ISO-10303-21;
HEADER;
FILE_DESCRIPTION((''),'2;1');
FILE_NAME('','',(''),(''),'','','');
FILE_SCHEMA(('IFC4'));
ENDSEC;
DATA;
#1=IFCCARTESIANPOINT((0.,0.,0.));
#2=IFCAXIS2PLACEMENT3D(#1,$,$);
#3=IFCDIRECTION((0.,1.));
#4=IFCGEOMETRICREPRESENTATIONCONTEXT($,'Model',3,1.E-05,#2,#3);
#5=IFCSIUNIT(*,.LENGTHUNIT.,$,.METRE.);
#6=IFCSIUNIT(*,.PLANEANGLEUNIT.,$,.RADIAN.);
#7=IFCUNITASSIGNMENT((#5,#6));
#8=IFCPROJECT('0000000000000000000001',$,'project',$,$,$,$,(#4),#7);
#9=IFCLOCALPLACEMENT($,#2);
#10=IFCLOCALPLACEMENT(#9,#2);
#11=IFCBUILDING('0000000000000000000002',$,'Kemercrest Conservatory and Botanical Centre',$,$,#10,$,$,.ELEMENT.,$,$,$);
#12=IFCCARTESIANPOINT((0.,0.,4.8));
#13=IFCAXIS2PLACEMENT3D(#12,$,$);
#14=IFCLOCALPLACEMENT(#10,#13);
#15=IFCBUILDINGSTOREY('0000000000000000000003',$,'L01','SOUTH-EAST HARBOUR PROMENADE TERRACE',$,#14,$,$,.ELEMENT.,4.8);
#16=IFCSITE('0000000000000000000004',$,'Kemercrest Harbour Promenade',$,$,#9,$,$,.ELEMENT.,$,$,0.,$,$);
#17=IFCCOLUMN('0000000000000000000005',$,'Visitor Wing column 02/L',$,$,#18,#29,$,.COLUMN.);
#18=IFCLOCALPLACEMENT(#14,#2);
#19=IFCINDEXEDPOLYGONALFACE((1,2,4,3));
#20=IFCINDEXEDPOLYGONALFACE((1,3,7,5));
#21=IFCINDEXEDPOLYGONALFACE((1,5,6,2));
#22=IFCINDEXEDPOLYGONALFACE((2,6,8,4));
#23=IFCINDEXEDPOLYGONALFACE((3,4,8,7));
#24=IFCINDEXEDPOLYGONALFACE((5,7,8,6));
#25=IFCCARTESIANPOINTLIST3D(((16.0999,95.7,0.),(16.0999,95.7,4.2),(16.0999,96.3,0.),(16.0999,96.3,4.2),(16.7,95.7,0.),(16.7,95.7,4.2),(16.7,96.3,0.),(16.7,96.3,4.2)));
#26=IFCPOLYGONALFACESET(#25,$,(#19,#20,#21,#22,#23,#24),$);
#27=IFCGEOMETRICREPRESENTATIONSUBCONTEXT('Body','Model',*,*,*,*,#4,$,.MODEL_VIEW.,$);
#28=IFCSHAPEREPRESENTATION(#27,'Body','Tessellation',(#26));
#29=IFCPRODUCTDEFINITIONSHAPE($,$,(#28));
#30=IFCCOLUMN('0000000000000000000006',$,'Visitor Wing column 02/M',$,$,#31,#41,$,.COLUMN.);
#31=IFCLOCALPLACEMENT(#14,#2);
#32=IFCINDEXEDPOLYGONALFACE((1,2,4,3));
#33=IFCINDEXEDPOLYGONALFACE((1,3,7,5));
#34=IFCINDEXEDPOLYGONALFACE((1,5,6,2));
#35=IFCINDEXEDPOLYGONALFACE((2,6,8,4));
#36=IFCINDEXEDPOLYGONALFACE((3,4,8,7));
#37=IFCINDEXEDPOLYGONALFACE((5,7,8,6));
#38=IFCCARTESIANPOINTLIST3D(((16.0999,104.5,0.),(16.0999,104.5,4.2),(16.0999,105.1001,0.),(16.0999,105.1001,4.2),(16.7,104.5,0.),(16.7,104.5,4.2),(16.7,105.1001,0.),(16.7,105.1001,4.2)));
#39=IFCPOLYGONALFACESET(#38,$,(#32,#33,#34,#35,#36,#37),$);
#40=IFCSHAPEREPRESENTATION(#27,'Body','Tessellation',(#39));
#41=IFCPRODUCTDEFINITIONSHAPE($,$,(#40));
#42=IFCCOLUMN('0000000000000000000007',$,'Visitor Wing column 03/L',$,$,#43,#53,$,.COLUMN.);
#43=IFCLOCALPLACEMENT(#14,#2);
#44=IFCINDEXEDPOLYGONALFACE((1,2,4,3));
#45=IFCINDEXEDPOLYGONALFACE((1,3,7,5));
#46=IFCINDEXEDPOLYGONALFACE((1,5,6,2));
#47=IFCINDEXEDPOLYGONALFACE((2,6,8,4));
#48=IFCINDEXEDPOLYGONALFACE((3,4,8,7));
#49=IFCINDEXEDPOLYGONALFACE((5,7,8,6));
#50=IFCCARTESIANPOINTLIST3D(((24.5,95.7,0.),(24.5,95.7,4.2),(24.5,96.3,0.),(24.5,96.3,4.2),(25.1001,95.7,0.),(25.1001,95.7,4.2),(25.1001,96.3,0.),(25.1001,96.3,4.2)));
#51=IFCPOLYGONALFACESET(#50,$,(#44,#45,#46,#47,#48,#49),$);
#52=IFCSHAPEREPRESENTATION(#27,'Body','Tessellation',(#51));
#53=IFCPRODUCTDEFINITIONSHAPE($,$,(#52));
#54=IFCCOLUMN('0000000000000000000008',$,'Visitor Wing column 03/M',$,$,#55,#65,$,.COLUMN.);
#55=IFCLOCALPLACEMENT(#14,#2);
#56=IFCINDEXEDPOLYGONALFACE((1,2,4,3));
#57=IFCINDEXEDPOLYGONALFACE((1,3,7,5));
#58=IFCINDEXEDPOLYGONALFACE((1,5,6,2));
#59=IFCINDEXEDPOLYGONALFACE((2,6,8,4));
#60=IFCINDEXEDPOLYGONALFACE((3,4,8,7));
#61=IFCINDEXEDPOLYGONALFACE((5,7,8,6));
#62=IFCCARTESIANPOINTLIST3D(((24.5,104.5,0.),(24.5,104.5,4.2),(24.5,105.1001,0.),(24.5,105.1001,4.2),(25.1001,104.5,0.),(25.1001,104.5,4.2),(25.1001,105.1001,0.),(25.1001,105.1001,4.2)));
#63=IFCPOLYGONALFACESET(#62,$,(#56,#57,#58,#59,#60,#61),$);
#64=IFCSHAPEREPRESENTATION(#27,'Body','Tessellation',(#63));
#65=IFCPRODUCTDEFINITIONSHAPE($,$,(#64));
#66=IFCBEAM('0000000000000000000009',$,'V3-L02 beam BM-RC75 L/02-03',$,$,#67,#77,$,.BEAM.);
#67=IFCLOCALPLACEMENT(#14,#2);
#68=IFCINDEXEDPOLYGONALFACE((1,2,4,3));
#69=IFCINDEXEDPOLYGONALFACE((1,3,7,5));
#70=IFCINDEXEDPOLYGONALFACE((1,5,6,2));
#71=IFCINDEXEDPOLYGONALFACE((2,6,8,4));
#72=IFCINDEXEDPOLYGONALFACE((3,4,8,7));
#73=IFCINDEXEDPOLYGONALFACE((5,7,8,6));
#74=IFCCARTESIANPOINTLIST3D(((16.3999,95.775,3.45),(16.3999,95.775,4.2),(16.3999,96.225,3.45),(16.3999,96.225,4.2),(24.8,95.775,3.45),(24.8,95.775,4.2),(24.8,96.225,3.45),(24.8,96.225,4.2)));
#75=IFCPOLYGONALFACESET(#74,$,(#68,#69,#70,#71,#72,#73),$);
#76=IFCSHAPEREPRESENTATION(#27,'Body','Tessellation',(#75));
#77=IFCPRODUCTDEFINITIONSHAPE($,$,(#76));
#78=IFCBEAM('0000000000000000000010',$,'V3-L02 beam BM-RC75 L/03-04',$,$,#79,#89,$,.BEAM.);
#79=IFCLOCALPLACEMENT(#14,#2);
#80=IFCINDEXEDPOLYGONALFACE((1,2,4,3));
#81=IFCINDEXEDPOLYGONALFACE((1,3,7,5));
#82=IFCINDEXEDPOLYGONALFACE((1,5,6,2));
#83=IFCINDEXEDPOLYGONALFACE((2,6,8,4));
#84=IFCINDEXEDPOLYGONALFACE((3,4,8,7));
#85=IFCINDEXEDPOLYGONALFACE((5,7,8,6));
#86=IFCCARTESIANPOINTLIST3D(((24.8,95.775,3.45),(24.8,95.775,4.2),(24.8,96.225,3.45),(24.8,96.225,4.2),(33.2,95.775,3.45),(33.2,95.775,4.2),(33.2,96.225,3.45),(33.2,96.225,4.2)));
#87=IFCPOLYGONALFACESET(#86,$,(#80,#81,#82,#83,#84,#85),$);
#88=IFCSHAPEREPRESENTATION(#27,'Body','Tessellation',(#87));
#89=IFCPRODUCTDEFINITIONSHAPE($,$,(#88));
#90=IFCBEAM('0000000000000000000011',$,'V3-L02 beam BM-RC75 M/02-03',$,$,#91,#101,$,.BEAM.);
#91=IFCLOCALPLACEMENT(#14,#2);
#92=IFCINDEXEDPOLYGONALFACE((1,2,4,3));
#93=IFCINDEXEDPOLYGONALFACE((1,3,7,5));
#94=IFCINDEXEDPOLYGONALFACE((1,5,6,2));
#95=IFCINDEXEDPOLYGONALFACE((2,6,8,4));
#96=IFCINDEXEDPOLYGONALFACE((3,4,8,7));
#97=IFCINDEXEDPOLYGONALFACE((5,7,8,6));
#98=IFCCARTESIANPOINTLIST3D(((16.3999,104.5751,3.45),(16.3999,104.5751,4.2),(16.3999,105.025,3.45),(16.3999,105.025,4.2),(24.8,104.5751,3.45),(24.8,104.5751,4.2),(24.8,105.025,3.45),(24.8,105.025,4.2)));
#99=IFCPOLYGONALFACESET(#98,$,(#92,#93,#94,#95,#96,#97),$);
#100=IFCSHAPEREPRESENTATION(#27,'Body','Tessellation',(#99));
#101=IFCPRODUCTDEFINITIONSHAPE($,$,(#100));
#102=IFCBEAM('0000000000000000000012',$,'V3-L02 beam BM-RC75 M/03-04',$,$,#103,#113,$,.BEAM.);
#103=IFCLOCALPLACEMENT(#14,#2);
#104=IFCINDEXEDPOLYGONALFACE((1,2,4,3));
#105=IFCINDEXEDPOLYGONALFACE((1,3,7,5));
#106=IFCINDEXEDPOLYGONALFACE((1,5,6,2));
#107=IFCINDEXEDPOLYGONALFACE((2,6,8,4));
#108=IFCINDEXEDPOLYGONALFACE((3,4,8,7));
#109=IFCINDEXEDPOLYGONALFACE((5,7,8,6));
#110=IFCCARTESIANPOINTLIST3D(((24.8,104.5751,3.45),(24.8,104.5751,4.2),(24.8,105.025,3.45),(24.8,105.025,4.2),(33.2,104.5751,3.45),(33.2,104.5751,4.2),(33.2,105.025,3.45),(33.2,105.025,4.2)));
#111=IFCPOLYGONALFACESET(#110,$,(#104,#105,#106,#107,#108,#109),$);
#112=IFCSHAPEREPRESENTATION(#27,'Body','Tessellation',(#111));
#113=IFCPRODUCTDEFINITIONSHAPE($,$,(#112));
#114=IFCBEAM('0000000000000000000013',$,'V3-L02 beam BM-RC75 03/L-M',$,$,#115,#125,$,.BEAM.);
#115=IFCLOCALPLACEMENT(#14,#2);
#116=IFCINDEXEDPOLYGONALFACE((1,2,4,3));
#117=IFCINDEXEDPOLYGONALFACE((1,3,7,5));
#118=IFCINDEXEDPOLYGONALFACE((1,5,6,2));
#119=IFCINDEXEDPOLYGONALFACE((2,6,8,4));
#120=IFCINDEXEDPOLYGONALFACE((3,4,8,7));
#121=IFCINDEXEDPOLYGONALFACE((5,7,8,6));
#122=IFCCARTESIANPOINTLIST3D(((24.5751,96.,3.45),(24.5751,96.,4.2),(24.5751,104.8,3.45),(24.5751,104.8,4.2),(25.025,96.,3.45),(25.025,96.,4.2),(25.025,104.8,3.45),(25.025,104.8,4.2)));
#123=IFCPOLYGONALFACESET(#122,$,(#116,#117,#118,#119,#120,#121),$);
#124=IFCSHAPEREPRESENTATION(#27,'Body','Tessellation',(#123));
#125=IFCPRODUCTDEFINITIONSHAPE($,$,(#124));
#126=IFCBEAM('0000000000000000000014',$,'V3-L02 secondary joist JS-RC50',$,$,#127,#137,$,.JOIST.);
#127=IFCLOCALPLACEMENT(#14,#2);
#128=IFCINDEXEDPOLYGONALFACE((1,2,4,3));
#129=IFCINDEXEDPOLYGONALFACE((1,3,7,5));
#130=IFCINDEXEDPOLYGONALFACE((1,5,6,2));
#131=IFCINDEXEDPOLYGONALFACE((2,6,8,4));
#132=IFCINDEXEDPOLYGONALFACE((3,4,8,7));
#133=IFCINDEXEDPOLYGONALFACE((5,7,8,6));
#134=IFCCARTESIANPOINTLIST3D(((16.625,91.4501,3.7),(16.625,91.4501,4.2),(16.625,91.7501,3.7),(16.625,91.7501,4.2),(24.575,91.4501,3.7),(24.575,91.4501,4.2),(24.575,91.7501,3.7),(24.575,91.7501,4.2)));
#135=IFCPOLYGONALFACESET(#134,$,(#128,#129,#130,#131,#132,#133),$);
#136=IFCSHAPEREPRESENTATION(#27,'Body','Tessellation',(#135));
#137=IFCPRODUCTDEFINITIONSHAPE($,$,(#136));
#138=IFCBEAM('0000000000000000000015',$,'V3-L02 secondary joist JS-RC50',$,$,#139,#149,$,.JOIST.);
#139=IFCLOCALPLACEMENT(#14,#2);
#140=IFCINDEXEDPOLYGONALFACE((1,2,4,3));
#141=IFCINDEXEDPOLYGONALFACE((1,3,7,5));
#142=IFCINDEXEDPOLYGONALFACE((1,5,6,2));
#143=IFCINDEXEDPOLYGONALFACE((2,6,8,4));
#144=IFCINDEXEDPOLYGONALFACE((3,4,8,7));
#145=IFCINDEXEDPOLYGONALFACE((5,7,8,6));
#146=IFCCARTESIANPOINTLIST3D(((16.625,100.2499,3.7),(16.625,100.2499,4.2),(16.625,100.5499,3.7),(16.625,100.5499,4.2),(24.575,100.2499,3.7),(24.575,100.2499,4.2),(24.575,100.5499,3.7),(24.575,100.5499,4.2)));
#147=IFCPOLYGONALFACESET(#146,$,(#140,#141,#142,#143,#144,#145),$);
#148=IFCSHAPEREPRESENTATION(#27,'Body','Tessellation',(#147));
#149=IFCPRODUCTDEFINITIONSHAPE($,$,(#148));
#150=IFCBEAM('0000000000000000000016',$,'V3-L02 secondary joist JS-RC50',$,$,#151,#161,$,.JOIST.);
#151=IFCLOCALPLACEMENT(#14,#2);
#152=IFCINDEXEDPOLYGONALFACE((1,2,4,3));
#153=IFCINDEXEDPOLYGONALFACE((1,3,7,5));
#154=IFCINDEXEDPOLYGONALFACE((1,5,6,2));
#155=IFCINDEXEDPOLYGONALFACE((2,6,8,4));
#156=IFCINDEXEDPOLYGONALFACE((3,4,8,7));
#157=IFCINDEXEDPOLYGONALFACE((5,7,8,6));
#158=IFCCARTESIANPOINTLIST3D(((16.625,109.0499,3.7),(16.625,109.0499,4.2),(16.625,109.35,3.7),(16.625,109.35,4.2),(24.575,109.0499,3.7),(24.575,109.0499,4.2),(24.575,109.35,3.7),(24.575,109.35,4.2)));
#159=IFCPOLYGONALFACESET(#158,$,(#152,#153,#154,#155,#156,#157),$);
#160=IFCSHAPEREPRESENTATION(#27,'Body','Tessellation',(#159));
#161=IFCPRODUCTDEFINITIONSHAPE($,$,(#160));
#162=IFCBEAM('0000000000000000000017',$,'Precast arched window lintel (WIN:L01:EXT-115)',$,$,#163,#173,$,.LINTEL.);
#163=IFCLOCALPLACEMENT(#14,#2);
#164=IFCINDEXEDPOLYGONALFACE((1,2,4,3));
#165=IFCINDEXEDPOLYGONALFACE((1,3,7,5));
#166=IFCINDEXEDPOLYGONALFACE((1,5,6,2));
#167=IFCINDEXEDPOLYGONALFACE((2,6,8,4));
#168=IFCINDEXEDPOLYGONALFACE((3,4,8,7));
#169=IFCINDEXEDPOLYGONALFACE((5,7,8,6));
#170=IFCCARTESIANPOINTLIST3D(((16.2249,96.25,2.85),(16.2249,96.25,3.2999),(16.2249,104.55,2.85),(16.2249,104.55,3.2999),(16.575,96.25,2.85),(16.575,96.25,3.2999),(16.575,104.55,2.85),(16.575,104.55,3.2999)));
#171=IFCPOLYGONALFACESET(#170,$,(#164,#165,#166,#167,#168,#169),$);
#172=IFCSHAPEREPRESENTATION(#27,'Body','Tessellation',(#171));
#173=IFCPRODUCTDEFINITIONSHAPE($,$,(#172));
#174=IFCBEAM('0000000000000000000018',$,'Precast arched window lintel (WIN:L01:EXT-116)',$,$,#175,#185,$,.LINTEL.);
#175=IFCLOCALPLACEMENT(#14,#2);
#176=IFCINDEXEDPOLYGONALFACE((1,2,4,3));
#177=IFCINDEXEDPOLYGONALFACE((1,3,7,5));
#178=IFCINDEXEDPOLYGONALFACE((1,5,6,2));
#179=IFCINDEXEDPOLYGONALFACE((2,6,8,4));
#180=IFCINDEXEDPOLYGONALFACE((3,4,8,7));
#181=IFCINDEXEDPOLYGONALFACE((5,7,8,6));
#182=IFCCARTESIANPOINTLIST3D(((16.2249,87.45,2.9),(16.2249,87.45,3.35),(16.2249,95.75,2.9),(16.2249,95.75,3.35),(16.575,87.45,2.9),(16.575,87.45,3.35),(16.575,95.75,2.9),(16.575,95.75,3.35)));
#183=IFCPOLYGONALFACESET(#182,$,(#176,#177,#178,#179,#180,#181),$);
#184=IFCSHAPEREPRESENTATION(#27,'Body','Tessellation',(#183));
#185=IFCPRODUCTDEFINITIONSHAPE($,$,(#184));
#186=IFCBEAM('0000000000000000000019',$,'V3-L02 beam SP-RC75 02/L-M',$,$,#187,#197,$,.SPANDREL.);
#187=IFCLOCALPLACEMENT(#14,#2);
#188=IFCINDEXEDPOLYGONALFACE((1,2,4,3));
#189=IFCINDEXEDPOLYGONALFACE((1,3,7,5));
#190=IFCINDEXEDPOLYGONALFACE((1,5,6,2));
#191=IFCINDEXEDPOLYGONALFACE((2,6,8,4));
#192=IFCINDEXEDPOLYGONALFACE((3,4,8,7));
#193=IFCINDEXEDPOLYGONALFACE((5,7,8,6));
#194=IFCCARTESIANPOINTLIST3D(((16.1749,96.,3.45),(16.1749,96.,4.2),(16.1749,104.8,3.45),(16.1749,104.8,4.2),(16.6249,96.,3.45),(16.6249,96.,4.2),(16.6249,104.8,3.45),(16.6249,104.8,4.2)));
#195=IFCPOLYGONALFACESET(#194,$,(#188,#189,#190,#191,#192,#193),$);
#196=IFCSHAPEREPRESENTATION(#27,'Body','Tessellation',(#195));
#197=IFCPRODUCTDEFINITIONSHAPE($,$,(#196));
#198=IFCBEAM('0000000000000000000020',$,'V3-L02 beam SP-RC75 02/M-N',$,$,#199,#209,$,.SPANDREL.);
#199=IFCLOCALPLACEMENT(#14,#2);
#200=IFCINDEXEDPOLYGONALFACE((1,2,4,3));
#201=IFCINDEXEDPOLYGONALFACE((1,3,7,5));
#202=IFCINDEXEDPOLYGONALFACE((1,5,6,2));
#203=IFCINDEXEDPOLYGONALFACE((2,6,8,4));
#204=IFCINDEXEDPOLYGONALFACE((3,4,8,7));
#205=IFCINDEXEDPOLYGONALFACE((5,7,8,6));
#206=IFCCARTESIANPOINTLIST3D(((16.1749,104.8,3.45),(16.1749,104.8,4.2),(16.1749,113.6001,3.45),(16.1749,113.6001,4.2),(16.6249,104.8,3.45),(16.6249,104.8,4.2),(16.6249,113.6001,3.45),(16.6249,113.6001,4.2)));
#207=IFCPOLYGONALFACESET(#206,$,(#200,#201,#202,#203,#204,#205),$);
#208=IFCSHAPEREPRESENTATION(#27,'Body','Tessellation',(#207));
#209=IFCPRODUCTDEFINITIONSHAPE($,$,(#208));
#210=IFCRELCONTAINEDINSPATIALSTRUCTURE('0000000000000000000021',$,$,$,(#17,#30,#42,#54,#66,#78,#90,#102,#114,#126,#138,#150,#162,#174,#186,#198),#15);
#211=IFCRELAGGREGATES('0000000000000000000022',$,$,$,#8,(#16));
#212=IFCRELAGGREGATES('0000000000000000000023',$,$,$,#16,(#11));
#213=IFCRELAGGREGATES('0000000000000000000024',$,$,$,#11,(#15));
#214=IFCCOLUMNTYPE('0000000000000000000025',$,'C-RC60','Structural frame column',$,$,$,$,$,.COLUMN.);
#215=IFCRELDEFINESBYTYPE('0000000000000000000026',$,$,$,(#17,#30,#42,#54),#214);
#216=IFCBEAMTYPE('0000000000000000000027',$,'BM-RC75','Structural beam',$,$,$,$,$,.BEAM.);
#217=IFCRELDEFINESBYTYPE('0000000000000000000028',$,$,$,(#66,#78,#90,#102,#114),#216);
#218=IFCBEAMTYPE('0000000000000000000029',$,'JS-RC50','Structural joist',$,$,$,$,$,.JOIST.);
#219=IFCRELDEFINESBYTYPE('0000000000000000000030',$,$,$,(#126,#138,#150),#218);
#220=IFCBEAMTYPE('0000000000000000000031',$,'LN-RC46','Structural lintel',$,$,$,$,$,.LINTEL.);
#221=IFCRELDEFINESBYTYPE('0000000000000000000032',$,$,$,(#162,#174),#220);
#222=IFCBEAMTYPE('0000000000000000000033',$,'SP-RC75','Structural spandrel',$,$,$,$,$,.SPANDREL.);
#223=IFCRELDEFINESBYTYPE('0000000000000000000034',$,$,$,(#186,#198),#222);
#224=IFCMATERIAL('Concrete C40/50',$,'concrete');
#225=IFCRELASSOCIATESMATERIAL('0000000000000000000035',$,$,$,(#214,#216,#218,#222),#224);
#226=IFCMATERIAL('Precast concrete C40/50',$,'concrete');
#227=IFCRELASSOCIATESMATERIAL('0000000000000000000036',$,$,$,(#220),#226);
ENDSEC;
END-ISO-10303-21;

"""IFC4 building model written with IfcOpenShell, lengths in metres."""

from ifc_helpers import new_model, si_unit, direction, frame, origin, origin_2d, place, context, subcontext, project, spatial, rectangle, extrude, material, material_profile, profile_set, type_object, element, save


model = new_model("IFC4")

# Units and contexts
model_context = context("Model", 3, precision=1e-05, world=origin(), true_north=direction((0.0, 1.0)))
body_context = subcontext(model_context, "Body", "Model", "MODEL_VIEW")
ifc_project = project(units=[si_unit("LENGTHUNIT", "METRE"), si_unit("PLANEANGLEUNIT", "RADIAN")], contexts=[model_context])

# Site, building, storey
site_placement = place(None, origin())
site = spatial("IfcSite", under=ifc_project, at=site_placement, Name="Kemercrest Harbour Promenade", CompositionType="ELEMENT", RefElevation=0.0)
building_placement = place(site_placement, origin())
building = spatial("IfcBuilding", under=site, at=building_placement, Name="Kemercrest Conservatory and Botanical Centre", CompositionType="ELEMENT")
storey_placement = place(building_placement, frame((0.0, 0.0, 4.8)))
storey = spatial("IfcBuildingStorey", under=building, at=storey_placement, Name="L01", Description="SOUTH-EAST HARBOUR PROMENADE TERRACE", CompositionType="ELEMENT", Elevation=4.8)

# Columns
ifc_material_1 = material(Name="Concrete C40/50", Category="concrete")
ifc_material_profile_1 = material_profile(ifc_material_1, rectangle(XDim=0.6001, YDim=0.6001, at=origin_2d()), Name="RC 600x600")
ifc_profile_set_1 = profile_set([ifc_material_profile_1], Name="Concrete C40/50")
column_type = type_object("IfcColumnType", Name="C-RC60", Description="Structural frame column", PredefinedType="COLUMN", material=ifc_profile_set_1)
for number, where, z_axis, x_axis, name in (
    (1, (16.3999, 96.0, 0.0), (0.0, 0.0, 1.0), (1.0, 0.0, 0.0), "Visitor Wing column 02/L"),
    (2, (16.3999, 104.8, 0.0), (0.0, 0.0, 1.0), (1.0, 0.0, 0.0), "Visitor Wing column 02/M"),
    (3, (24.8, 96.0, 0.0), (0.0, 0.0, 1.0), (1.0, 0.0, 0.0), "Visitor Wing column 03/L"),
    (4, (24.8, 104.8, 0.0), (0.0, 0.0, 1.0), (1.0, 0.0, 0.0), "Visitor Wing column 03/M"),
):
    element("IfcColumn", number, at=place(storey_placement, frame(where, z_axis=z_axis, x_axis=x_axis)), inside=storey, type_object=column_type, Name=name, PredefinedType="COLUMN", context=body_context, shape_type="SweptSolid", body=[
        extrude(rectangle(XDim=0.6001, YDim=0.6001, at=origin_2d()), origin(), (0.0, 0.0, 1.0), 4.2),
    ])

# Beams
ifc_material_profile_2 = material_profile(ifc_material_1, rectangle(XDim=0.45, YDim=0.75, at=origin_2d()), Name="RC 450x750")
ifc_profile_set_2 = profile_set([ifc_material_profile_2], Name="Concrete C40/50")
beam_type_1 = type_object("IfcBeamType", Name="BM-RC75", Description="Structural beam", PredefinedType="BEAM", material=ifc_profile_set_2)
beam_1_placement = place(storey_placement, frame((16.3999, 96.0, 3.825), z_axis=(1.0, 0.0, 0.0), x_axis=(0.0, 1.0, 0.0)))
element("IfcBeam", 5, at=beam_1_placement, inside=storey, type_object=beam_type_1, Name="V3-L02 beam BM-RC75 L/02-03", PredefinedType="BEAM", context=body_context, shape_type="SweptSolid", body=[
    extrude(rectangle(XDim=0.45, YDim=0.75, at=origin_2d()), origin(), (0.0, 0.0, 1.0), 8.4001),
])
beam_2_placement = place(storey_placement, frame((24.8, 96.0, 3.825), z_axis=(1.0, 0.0, 0.0), x_axis=(0.0, 1.0, 0.0)))
element("IfcBeam", 6, at=beam_2_placement, inside=storey, type_object=beam_type_1, Name="V3-L02 beam BM-RC75 L/03-04", PredefinedType="BEAM", context=body_context, shape_type="SweptSolid", body=[
    extrude(rectangle(XDim=0.45, YDim=0.75, at=origin_2d()), origin(), (0.0, 0.0, 1.0), 8.3999),
])
beam_3_placement = place(storey_placement, frame((16.3999, 104.8, 3.825), z_axis=(1.0, 0.0, 0.0), x_axis=(0.0, 1.0, 0.0)))
element("IfcBeam", 7, at=beam_3_placement, inside=storey, type_object=beam_type_1, Name="V3-L02 beam BM-RC75 M/02-03", PredefinedType="BEAM", context=body_context, shape_type="SweptSolid", body=[
    extrude(rectangle(XDim=0.45, YDim=0.75, at=origin_2d()), origin(), (0.0, 0.0, 1.0), 8.4001),
])
beam_4_placement = place(storey_placement, frame((24.8, 104.8, 3.825), z_axis=(1.0, 0.0, 0.0), x_axis=(0.0, 1.0, 0.0)))
element("IfcBeam", 8, at=beam_4_placement, inside=storey, type_object=beam_type_1, Name="V3-L02 beam BM-RC75 M/03-04", PredefinedType="BEAM", context=body_context, shape_type="SweptSolid", body=[
    extrude(rectangle(XDim=0.45, YDim=0.75, at=origin_2d()), origin(), (0.0, 0.0, 1.0), 8.3999),
])
beam_5_placement = place(storey_placement, frame((24.8, 96.0, 3.825), z_axis=(0.0, 1.0, 0.0), x_axis=(-1.0, 0.0, 0.0)))
element("IfcBeam", 9, at=beam_5_placement, inside=storey, type_object=beam_type_1, Name="V3-L02 beam BM-RC75 03/L-M", PredefinedType="BEAM", context=body_context, shape_type="SweptSolid", body=[
    extrude(rectangle(XDim=0.45, YDim=0.75, at=origin_2d()), origin(), (0.0, 0.0, 1.0), 8.8),
])
ifc_material_profile_3 = material_profile(ifc_material_1, rectangle(XDim=0.3, YDim=0.5, at=origin_2d()), Name="RC 300x500")
ifc_profile_set_3 = profile_set([ifc_material_profile_3], Name="Concrete C40/50")
beam_type_2 = type_object("IfcBeamType", Name="JS-RC50", Description="Structural joist", PredefinedType="JOIST", material=ifc_profile_set_3)
for number, where, z_axis, x_axis, name in (
    (10, (16.625, 91.6001, 3.95), (1.0, 0.0, 0.0), (0.0, 1.0, 0.0), "V3-L02 secondary joist JS-RC50"),
    (11, (16.625, 100.3999, 3.95), (1.0, 0.0, 0.0), (0.0, 1.0, 0.0), "V3-L02 secondary joist JS-RC50"),
    (12, (16.625, 109.2, 3.95), (1.0, 0.0, 0.0), (0.0, 1.0, 0.0), "V3-L02 secondary joist JS-RC50"),
):
    element("IfcBeam", number, at=place(storey_placement, frame(where, z_axis=z_axis, x_axis=x_axis)), inside=storey, type_object=beam_type_2, Name=name, PredefinedType="JOIST", context=body_context, shape_type="SweptSolid", body=[
        extrude(rectangle(XDim=0.3, YDim=0.5, at=origin_2d()), origin(), (0.0, 0.0, 1.0), 7.95),
    ])
ifc_material_2 = material(Name="Precast concrete C40/50", Category="concrete")
ifc_material_profile_4 = material_profile(ifc_material_2, rectangle(XDim=0.3501, YDim=0.45, at=origin_2d()), Name="RC 350x450")
ifc_profile_set_4 = profile_set([ifc_material_profile_4], Name="Precast concrete C40/50")
beam_type_3 = type_object("IfcBeamType", Name="LN-RC46", Description="Structural lintel", PredefinedType="LINTEL", material=ifc_profile_set_4)
for number, where, z_axis, x_axis, name in (
    (13, (16.3999, 104.55, 3.075), (0.0, -1.0, 0.0), (1.0, 0.0, 0.0), "Precast arched window lintel (WIN:L01:EXT-115)"),
    (14, (16.3999, 95.75, 3.125), (0.0, -1.0, 0.0), (1.0, 0.0, 0.0), "Precast arched window lintel (WIN:L01:EXT-116)"),
):
    element("IfcBeam", number, at=place(storey_placement, frame(where, z_axis=z_axis, x_axis=x_axis)), inside=storey, type_object=beam_type_3, Name=name, PredefinedType="LINTEL", context=body_context, shape_type="SweptSolid", body=[
        extrude(rectangle(XDim=0.3501, YDim=0.45, at=origin_2d()), origin(), (0.0, 0.0, 1.0), 8.3),
    ])
ifc_material_profile_5 = material_profile(ifc_material_1, rectangle(XDim=0.45, YDim=0.75, at=origin_2d()), Name="RC 450x750")
ifc_profile_set_5 = profile_set([ifc_material_profile_5], Name="Concrete C40/50")
beam_type_4 = type_object("IfcBeamType", Name="SP-RC75", Description="Structural spandrel", PredefinedType="SPANDREL", material=ifc_profile_set_5)
for number, where, z_axis, x_axis, name in (
    (15, (16.3999, 96.0, 3.825), (0.0, 1.0, 0.0), (-1.0, 0.0, 0.0), "V3-L02 beam SP-RC75 02/L-M"),
    (16, (16.3999, 104.8, 3.825), (0.0, 1.0, 0.0), (-1.0, 0.0, 0.0), "V3-L02 beam SP-RC75 02/M-N"),
):
    element("IfcBeam", number, at=place(storey_placement, frame(where, z_axis=z_axis, x_axis=x_axis)), inside=storey, type_object=beam_type_4, Name=name, PredefinedType="SPANDREL", context=body_context, shape_type="SweptSolid", body=[
        extrude(rectangle(XDim=0.45, YDim=0.75, at=origin_2d()), origin(), (0.0, 0.0, 1.0), 8.8),
    ])

save(model, "model.ifc")
